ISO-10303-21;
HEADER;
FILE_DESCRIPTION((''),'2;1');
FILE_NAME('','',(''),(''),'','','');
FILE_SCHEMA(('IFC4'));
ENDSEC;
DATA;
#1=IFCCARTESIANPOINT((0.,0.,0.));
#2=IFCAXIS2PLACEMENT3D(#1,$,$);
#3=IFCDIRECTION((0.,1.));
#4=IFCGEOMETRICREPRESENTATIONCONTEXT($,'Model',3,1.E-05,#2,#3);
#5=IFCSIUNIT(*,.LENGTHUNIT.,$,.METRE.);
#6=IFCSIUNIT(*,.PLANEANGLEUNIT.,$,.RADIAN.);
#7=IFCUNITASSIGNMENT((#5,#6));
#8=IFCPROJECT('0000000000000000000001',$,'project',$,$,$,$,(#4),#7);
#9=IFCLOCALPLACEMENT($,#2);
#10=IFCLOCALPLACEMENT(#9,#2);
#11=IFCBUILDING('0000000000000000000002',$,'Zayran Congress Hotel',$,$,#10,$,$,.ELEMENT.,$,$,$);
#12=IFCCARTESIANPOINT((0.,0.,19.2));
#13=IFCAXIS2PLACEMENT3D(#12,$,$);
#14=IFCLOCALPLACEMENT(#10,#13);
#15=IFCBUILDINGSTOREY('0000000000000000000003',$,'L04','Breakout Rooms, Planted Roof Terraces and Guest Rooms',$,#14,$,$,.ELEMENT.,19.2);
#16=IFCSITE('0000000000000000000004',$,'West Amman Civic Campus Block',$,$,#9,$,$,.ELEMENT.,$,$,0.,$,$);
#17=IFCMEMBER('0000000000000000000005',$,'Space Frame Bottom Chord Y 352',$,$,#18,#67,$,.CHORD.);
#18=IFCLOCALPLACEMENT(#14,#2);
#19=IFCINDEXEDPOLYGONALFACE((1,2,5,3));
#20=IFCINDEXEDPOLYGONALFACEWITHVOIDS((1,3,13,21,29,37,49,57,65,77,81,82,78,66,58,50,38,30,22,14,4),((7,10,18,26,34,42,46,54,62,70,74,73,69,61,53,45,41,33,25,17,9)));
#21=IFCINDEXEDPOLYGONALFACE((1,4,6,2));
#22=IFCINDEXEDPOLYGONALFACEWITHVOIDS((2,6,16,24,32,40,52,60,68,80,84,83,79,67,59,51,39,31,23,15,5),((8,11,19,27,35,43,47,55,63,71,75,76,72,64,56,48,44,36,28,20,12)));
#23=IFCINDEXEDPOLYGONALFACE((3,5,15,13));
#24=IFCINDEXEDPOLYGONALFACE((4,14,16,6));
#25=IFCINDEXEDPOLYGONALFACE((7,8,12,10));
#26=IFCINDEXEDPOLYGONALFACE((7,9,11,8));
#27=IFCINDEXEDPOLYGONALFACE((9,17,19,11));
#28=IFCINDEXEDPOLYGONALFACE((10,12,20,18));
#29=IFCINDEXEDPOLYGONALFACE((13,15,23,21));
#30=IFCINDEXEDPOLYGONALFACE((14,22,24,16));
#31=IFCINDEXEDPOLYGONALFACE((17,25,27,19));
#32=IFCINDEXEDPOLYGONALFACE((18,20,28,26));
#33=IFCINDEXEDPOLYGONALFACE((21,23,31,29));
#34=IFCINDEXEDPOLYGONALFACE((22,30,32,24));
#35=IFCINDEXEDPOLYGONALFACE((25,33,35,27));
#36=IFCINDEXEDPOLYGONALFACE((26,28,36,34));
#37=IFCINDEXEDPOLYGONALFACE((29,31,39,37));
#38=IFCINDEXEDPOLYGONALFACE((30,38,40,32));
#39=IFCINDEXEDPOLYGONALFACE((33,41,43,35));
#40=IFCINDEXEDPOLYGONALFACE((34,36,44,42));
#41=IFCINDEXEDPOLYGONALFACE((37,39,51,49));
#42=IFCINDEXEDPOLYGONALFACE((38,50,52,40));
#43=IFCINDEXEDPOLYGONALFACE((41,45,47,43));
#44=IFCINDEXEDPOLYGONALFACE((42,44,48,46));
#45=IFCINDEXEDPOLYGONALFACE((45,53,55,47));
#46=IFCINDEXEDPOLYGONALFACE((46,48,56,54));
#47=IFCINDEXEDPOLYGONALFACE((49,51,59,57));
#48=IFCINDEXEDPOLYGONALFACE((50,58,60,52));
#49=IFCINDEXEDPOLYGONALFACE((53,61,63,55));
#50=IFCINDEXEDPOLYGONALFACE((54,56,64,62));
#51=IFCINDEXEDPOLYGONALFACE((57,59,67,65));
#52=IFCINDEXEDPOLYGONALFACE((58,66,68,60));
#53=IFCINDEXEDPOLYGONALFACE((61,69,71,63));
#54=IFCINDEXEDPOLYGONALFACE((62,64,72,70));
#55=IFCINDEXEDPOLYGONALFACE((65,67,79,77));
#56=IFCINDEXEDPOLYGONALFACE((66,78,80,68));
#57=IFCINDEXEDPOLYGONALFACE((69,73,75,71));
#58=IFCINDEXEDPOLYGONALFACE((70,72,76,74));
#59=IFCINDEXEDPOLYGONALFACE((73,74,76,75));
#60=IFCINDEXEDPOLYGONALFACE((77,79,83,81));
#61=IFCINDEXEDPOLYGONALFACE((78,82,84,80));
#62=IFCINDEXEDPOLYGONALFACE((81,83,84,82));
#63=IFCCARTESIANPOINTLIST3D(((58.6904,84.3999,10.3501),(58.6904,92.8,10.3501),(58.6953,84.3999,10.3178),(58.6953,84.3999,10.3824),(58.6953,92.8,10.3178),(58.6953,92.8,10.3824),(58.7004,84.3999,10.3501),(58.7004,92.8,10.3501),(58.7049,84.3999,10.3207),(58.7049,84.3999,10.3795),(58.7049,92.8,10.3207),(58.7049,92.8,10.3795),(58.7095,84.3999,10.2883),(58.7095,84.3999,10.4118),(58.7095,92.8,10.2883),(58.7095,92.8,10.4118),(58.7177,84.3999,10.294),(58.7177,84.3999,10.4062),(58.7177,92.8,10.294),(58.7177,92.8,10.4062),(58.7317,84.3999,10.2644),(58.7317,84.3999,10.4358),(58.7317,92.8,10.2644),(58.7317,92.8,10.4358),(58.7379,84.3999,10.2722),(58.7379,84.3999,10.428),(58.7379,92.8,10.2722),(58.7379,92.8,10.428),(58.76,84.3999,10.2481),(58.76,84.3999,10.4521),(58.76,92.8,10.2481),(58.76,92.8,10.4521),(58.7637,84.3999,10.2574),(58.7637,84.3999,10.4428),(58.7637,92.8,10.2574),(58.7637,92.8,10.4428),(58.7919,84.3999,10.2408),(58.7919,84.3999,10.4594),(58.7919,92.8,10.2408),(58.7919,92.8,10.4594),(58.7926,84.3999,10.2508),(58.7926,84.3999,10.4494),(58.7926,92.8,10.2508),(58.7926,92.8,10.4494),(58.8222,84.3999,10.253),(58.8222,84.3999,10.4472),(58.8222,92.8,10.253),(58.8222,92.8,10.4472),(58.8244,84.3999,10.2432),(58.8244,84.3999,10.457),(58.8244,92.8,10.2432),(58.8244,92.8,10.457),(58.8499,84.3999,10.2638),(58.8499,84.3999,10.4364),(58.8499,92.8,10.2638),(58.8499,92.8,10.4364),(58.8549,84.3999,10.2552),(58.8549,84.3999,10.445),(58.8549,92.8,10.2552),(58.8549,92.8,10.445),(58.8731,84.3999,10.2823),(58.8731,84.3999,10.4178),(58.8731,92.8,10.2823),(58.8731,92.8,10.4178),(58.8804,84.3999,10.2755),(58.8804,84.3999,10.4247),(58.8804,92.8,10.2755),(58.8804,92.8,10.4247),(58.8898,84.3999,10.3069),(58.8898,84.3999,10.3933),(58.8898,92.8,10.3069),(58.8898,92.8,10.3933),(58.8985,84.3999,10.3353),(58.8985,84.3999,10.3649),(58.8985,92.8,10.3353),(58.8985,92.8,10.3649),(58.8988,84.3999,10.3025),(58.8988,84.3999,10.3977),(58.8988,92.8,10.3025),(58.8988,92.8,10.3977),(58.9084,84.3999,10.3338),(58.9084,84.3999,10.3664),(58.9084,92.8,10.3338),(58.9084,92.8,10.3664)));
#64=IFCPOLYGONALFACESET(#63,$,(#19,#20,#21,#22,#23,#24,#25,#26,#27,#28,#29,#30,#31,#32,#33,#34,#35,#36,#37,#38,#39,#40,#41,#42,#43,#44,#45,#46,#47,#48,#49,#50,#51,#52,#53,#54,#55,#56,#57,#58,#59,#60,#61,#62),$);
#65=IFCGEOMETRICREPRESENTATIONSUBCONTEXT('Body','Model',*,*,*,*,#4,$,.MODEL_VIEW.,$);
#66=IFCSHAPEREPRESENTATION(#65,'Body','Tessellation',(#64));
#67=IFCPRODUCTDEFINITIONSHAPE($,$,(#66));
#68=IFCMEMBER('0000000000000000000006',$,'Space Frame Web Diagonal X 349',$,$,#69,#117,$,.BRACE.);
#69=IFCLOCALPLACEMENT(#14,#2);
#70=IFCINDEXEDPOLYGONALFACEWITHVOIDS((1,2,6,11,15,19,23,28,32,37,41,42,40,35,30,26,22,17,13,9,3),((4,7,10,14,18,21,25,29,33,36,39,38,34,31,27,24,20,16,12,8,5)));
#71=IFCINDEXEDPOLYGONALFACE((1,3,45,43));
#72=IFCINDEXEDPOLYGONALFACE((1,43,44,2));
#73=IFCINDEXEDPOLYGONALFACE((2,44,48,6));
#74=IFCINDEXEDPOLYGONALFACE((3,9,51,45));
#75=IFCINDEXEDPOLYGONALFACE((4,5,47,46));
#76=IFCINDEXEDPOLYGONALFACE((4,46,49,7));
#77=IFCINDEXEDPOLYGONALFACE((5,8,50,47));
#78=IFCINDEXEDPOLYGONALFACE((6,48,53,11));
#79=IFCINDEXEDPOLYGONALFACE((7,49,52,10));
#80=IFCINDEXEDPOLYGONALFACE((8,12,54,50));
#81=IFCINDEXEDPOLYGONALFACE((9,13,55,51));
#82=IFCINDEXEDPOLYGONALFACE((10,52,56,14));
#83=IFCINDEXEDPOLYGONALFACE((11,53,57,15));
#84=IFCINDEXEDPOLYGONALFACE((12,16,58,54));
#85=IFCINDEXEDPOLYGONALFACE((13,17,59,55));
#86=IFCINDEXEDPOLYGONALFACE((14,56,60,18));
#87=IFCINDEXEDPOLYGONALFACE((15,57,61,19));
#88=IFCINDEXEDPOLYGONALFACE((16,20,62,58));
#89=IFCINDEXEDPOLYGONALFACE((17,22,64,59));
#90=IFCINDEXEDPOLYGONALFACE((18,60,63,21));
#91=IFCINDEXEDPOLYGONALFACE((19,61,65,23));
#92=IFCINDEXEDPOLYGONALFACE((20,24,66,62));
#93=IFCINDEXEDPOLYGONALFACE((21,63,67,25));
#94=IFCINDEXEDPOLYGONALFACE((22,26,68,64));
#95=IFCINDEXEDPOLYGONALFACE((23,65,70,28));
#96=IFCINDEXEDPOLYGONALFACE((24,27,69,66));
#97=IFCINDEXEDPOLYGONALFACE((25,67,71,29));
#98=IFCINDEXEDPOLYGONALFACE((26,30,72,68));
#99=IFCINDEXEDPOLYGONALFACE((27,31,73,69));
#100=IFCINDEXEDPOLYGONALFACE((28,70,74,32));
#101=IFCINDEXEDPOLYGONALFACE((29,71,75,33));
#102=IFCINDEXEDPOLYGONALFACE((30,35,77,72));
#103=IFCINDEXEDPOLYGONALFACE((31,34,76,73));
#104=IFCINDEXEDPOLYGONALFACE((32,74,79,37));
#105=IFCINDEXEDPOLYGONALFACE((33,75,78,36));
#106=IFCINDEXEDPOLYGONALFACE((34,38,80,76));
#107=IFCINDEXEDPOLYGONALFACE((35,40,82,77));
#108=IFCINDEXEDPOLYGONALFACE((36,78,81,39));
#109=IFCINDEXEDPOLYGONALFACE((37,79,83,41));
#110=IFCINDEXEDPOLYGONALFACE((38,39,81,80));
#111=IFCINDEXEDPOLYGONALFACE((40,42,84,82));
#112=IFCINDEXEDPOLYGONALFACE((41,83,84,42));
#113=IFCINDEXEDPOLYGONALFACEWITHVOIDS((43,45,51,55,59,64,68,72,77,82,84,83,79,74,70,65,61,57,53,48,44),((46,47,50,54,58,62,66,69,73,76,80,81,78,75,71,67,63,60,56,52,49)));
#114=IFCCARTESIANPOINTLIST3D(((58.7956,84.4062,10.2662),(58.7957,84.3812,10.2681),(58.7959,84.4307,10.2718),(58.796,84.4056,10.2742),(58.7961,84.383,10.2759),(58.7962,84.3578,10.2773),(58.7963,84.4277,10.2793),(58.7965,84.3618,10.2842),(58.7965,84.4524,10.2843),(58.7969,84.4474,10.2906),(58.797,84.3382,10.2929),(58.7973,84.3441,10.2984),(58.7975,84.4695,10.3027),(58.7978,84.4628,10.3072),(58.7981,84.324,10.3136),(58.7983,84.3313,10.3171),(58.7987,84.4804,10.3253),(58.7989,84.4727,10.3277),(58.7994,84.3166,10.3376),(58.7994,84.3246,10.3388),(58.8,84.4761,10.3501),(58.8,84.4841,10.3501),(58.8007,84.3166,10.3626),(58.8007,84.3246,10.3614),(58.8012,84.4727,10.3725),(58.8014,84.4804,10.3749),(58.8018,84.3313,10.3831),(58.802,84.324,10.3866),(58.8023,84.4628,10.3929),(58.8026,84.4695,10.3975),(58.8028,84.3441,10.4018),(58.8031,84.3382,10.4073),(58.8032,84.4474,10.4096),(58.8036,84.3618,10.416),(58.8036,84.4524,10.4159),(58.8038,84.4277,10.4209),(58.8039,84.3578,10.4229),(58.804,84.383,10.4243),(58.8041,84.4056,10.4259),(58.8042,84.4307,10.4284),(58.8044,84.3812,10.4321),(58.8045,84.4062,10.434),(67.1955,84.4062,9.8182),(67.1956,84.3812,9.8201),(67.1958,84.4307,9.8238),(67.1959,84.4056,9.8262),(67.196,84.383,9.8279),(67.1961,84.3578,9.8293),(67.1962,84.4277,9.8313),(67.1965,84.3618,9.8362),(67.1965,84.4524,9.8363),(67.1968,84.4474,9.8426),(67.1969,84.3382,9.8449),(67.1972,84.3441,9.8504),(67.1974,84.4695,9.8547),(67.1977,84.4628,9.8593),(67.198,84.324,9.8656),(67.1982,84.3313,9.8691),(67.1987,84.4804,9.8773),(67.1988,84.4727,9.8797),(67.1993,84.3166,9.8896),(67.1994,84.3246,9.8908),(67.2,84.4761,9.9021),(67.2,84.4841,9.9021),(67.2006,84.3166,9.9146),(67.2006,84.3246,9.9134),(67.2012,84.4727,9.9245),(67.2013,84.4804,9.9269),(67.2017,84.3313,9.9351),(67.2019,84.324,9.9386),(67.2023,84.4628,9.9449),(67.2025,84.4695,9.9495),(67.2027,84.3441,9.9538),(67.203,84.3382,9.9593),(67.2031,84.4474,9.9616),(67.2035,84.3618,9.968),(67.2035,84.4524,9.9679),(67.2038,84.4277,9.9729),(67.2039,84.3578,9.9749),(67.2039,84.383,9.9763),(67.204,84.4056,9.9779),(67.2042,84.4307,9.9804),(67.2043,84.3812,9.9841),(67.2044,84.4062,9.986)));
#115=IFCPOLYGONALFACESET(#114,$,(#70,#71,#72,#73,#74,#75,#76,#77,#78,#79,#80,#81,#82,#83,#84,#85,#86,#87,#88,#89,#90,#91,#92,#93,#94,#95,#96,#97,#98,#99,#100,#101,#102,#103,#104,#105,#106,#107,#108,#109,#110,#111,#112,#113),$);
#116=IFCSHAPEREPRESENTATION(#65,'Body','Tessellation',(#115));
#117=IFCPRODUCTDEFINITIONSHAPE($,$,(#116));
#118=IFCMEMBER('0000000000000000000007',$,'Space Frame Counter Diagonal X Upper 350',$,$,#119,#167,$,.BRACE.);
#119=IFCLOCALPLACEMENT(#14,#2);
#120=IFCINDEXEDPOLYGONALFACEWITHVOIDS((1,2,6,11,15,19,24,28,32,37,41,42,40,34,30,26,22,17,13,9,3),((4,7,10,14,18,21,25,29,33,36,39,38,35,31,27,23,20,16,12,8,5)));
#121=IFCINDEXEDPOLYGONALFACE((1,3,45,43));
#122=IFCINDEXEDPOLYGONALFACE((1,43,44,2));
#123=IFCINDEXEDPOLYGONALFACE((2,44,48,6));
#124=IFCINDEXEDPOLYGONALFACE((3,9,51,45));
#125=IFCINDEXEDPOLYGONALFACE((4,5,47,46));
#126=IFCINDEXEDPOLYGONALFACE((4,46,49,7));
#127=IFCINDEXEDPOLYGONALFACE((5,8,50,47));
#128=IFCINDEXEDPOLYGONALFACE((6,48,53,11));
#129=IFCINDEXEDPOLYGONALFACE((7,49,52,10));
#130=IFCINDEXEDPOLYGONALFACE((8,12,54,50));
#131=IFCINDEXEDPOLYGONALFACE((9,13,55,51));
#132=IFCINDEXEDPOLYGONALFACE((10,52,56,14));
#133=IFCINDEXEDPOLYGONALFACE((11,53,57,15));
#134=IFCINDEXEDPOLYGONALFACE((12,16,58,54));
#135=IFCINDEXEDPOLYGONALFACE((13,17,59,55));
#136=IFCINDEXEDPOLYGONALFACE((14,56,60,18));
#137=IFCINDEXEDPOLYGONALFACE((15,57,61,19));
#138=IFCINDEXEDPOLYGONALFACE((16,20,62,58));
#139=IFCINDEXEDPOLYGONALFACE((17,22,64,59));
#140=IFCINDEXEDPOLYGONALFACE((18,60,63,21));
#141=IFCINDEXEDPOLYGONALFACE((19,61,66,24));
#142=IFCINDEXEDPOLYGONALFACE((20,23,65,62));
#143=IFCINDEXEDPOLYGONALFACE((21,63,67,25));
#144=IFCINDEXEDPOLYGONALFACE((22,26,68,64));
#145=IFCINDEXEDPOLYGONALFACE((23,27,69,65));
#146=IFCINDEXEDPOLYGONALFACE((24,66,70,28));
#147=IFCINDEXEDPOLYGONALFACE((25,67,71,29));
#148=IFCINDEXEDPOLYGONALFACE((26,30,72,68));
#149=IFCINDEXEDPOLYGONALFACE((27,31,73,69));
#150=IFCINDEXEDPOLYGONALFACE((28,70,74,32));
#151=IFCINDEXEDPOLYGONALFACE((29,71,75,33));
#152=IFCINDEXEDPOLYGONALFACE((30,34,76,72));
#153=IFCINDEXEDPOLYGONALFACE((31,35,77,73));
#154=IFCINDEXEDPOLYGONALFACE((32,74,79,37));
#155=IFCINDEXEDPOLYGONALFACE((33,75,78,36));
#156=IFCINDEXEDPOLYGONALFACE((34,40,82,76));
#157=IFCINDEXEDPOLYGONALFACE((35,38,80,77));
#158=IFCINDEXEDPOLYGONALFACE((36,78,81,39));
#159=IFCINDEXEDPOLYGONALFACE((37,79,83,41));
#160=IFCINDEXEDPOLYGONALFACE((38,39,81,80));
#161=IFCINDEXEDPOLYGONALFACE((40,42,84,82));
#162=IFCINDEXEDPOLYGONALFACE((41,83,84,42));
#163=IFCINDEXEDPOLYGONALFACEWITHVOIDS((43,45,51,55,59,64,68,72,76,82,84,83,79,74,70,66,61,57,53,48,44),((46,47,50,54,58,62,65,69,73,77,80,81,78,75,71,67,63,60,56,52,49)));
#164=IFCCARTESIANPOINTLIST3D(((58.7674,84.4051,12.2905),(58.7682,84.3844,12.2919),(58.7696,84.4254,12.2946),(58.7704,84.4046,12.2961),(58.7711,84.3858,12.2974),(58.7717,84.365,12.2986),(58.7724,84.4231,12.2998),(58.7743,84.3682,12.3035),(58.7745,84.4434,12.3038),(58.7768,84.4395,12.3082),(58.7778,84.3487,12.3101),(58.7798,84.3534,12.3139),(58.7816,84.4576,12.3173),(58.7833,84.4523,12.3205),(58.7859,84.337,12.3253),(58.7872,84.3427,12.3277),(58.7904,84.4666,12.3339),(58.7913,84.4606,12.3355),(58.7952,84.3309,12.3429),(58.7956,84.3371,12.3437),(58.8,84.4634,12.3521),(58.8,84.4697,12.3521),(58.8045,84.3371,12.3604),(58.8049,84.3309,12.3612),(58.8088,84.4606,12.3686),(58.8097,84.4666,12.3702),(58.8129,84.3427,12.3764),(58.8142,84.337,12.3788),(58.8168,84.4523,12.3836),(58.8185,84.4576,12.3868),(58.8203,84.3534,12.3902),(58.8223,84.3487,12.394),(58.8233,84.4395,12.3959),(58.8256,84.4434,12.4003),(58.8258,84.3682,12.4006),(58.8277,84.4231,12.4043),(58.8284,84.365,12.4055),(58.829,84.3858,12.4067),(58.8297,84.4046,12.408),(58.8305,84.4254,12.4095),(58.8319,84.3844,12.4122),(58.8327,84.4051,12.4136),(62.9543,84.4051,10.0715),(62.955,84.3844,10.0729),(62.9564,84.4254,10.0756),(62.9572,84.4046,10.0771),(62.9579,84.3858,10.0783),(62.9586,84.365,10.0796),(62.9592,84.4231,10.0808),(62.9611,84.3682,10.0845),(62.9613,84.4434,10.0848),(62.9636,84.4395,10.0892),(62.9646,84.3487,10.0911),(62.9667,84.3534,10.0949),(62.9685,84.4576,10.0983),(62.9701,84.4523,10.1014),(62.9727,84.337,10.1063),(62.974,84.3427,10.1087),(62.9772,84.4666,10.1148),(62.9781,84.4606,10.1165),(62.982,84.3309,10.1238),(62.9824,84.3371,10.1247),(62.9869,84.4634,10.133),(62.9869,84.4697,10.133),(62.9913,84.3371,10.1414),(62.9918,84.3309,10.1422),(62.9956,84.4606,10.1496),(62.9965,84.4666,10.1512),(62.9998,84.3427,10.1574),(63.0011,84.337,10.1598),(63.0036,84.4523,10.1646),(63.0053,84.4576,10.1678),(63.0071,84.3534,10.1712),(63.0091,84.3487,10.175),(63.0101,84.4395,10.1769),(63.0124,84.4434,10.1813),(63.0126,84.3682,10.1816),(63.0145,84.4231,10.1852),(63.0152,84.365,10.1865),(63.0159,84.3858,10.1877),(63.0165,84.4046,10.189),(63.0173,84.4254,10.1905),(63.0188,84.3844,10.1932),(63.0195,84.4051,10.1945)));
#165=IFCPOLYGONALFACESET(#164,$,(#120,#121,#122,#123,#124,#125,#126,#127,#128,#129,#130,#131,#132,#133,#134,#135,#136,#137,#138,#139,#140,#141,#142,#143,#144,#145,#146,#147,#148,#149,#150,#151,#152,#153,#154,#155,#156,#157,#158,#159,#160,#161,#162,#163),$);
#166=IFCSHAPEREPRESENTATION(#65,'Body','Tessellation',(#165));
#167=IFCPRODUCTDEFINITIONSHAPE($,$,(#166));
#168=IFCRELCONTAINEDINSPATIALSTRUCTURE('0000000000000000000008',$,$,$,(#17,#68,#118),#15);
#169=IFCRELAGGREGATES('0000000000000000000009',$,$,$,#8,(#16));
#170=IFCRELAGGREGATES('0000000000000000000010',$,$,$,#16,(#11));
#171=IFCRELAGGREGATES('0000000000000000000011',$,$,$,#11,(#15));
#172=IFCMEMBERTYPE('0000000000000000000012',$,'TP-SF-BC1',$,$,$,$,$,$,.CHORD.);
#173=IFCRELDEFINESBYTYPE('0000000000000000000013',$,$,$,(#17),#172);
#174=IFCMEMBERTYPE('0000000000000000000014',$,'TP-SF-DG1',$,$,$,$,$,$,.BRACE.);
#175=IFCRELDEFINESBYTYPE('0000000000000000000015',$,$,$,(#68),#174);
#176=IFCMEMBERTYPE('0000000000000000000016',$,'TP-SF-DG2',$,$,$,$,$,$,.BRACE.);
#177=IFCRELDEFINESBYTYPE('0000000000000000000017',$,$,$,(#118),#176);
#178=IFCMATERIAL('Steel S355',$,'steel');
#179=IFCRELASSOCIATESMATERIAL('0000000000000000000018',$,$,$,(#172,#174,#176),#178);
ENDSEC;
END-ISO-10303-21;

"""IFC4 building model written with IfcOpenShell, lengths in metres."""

from ifc_helpers import new_model, si_unit, direction, frame, origin, origin_2d, place, context, subcontext, project, spatial, hollow_circle, extrude, material, material_profile, profile_set, type_object, element, save


model = new_model("IFC4")

# Units and contexts
model_context = context("Model", 3, precision=1e-05, world=origin(), true_north=direction((0.0, 1.0)))
body_context = subcontext(model_context, "Body", "Model", "MODEL_VIEW")
ifc_project = project(units=[si_unit("LENGTHUNIT", "METRE"), si_unit("PLANEANGLEUNIT", "RADIAN")], contexts=[model_context])

# Site, building, storey
site_placement = place(None, origin())
site = spatial("IfcSite", under=ifc_project, at=site_placement, Name="West Amman Civic Campus Block", CompositionType="ELEMENT", RefElevation=0.0)
building_placement = place(site_placement, origin())
building = spatial("IfcBuilding", under=site, at=building_placement, Name="Zayran Congress Hotel", CompositionType="ELEMENT")
storey_placement = place(building_placement, frame((0.0, 0.0, 19.2)))
storey = spatial("IfcBuildingStorey", under=building, at=storey_placement, Name="L04", Description="Breakout Rooms, Planted Roof Terraces and Guest Rooms", CompositionType="ELEMENT", Elevation=19.2)

# Members
ifc_material_1 = material(Name="Steel S355", Category="steel")
ifc_material_profile_1 = material_profile(ifc_material_1, hollow_circle(Radius=0.1096, WallThickness=0.01, at=origin_2d()), Name="CHS 219.1x10")
ifc_profile_set_1 = profile_set([ifc_material_profile_1], Name="Steel S355")
member_type_1 = type_object("IfcMemberType", Name="TP-SF-BC1", PredefinedType="CHORD", material=ifc_profile_set_1)
member_1_placement = place(storey_placement, frame((58.8, 84.3999, 10.3501), z_axis=(0.0, 1.0, 0.0), x_axis=(-1.0, 0.0, 0.0)))
element("IfcMember", 1, at=member_1_placement, inside=storey, type_object=member_type_1, Name="Space Frame Bottom Chord Y 352", PredefinedType="CHORD", context=body_context, shape_type="SweptSolid", body=[
    extrude(hollow_circle(Radius=0.1096, WallThickness=0.01, at=origin_2d()), origin(), (0.0, 0.0, 1.0), 8.4001),
])
ifc_material_profile_2 = material_profile(ifc_material_1, hollow_circle(Radius=0.0842, WallThickness=0.0081, at=origin_2d()), Name="CHS 168.3x8")
ifc_profile_set_2 = profile_set([ifc_material_profile_2], Name="Steel S355")
member_type_2 = type_object("IfcMemberType", Name="TP-SF-DG1", PredefinedType="BRACE", material=ifc_profile_set_2)
member_2_placement = place(storey_placement, frame((58.8, 84.3999, 10.3501), z_axis=(0.998581, 0.0, -0.053258), x_axis=(0.0, 1.0, 0.0)))
element("IfcMember", 2, at=member_2_placement, inside=storey, type_object=member_type_2, Name="Space Frame Web Diagonal X 349", PredefinedType="BRACE", context=body_context, shape_type="SweptSolid", body=[
    extrude(hollow_circle(Radius=0.0842, WallThickness=0.0081, at=origin_2d()), origin(), (0.0, 0.0, 1.0), 8.4119),
])
ifc_material_profile_3 = material_profile(ifc_material_1, hollow_circle(Radius=0.0698, WallThickness=0.0063, at=origin_2d()), Name="CHS 139.7x6.3")
ifc_profile_set_3 = profile_set([ifc_material_profile_3], Name="Steel S355")
member_type_3 = type_object("IfcMemberType", Name="TP-SF-DG2", PredefinedType="BRACE", material=ifc_profile_set_3)
for number, where, z_axis, x_axis, name in (
    (3, (58.8, 84.3999, 12.3521), (0.883572, 0.0, -0.468295), (0.0, 1.0, 0.0), "Space Frame Counter Diagonal X Upper 350"),
):
    element("IfcMember", number, at=place(storey_placement, frame(where, z_axis=z_axis, x_axis=x_axis)), inside=storey, type_object=member_type_3, Name=name, PredefinedType="BRACE", context=body_context, shape_type="SweptSolid", body=[
        extrude(hollow_circle(Radius=0.0698, WallThickness=0.0063, at=origin_2d()), origin(), (0.0, 0.0, 1.0), 4.7385),
    ])

save(model, "model.ifc")
